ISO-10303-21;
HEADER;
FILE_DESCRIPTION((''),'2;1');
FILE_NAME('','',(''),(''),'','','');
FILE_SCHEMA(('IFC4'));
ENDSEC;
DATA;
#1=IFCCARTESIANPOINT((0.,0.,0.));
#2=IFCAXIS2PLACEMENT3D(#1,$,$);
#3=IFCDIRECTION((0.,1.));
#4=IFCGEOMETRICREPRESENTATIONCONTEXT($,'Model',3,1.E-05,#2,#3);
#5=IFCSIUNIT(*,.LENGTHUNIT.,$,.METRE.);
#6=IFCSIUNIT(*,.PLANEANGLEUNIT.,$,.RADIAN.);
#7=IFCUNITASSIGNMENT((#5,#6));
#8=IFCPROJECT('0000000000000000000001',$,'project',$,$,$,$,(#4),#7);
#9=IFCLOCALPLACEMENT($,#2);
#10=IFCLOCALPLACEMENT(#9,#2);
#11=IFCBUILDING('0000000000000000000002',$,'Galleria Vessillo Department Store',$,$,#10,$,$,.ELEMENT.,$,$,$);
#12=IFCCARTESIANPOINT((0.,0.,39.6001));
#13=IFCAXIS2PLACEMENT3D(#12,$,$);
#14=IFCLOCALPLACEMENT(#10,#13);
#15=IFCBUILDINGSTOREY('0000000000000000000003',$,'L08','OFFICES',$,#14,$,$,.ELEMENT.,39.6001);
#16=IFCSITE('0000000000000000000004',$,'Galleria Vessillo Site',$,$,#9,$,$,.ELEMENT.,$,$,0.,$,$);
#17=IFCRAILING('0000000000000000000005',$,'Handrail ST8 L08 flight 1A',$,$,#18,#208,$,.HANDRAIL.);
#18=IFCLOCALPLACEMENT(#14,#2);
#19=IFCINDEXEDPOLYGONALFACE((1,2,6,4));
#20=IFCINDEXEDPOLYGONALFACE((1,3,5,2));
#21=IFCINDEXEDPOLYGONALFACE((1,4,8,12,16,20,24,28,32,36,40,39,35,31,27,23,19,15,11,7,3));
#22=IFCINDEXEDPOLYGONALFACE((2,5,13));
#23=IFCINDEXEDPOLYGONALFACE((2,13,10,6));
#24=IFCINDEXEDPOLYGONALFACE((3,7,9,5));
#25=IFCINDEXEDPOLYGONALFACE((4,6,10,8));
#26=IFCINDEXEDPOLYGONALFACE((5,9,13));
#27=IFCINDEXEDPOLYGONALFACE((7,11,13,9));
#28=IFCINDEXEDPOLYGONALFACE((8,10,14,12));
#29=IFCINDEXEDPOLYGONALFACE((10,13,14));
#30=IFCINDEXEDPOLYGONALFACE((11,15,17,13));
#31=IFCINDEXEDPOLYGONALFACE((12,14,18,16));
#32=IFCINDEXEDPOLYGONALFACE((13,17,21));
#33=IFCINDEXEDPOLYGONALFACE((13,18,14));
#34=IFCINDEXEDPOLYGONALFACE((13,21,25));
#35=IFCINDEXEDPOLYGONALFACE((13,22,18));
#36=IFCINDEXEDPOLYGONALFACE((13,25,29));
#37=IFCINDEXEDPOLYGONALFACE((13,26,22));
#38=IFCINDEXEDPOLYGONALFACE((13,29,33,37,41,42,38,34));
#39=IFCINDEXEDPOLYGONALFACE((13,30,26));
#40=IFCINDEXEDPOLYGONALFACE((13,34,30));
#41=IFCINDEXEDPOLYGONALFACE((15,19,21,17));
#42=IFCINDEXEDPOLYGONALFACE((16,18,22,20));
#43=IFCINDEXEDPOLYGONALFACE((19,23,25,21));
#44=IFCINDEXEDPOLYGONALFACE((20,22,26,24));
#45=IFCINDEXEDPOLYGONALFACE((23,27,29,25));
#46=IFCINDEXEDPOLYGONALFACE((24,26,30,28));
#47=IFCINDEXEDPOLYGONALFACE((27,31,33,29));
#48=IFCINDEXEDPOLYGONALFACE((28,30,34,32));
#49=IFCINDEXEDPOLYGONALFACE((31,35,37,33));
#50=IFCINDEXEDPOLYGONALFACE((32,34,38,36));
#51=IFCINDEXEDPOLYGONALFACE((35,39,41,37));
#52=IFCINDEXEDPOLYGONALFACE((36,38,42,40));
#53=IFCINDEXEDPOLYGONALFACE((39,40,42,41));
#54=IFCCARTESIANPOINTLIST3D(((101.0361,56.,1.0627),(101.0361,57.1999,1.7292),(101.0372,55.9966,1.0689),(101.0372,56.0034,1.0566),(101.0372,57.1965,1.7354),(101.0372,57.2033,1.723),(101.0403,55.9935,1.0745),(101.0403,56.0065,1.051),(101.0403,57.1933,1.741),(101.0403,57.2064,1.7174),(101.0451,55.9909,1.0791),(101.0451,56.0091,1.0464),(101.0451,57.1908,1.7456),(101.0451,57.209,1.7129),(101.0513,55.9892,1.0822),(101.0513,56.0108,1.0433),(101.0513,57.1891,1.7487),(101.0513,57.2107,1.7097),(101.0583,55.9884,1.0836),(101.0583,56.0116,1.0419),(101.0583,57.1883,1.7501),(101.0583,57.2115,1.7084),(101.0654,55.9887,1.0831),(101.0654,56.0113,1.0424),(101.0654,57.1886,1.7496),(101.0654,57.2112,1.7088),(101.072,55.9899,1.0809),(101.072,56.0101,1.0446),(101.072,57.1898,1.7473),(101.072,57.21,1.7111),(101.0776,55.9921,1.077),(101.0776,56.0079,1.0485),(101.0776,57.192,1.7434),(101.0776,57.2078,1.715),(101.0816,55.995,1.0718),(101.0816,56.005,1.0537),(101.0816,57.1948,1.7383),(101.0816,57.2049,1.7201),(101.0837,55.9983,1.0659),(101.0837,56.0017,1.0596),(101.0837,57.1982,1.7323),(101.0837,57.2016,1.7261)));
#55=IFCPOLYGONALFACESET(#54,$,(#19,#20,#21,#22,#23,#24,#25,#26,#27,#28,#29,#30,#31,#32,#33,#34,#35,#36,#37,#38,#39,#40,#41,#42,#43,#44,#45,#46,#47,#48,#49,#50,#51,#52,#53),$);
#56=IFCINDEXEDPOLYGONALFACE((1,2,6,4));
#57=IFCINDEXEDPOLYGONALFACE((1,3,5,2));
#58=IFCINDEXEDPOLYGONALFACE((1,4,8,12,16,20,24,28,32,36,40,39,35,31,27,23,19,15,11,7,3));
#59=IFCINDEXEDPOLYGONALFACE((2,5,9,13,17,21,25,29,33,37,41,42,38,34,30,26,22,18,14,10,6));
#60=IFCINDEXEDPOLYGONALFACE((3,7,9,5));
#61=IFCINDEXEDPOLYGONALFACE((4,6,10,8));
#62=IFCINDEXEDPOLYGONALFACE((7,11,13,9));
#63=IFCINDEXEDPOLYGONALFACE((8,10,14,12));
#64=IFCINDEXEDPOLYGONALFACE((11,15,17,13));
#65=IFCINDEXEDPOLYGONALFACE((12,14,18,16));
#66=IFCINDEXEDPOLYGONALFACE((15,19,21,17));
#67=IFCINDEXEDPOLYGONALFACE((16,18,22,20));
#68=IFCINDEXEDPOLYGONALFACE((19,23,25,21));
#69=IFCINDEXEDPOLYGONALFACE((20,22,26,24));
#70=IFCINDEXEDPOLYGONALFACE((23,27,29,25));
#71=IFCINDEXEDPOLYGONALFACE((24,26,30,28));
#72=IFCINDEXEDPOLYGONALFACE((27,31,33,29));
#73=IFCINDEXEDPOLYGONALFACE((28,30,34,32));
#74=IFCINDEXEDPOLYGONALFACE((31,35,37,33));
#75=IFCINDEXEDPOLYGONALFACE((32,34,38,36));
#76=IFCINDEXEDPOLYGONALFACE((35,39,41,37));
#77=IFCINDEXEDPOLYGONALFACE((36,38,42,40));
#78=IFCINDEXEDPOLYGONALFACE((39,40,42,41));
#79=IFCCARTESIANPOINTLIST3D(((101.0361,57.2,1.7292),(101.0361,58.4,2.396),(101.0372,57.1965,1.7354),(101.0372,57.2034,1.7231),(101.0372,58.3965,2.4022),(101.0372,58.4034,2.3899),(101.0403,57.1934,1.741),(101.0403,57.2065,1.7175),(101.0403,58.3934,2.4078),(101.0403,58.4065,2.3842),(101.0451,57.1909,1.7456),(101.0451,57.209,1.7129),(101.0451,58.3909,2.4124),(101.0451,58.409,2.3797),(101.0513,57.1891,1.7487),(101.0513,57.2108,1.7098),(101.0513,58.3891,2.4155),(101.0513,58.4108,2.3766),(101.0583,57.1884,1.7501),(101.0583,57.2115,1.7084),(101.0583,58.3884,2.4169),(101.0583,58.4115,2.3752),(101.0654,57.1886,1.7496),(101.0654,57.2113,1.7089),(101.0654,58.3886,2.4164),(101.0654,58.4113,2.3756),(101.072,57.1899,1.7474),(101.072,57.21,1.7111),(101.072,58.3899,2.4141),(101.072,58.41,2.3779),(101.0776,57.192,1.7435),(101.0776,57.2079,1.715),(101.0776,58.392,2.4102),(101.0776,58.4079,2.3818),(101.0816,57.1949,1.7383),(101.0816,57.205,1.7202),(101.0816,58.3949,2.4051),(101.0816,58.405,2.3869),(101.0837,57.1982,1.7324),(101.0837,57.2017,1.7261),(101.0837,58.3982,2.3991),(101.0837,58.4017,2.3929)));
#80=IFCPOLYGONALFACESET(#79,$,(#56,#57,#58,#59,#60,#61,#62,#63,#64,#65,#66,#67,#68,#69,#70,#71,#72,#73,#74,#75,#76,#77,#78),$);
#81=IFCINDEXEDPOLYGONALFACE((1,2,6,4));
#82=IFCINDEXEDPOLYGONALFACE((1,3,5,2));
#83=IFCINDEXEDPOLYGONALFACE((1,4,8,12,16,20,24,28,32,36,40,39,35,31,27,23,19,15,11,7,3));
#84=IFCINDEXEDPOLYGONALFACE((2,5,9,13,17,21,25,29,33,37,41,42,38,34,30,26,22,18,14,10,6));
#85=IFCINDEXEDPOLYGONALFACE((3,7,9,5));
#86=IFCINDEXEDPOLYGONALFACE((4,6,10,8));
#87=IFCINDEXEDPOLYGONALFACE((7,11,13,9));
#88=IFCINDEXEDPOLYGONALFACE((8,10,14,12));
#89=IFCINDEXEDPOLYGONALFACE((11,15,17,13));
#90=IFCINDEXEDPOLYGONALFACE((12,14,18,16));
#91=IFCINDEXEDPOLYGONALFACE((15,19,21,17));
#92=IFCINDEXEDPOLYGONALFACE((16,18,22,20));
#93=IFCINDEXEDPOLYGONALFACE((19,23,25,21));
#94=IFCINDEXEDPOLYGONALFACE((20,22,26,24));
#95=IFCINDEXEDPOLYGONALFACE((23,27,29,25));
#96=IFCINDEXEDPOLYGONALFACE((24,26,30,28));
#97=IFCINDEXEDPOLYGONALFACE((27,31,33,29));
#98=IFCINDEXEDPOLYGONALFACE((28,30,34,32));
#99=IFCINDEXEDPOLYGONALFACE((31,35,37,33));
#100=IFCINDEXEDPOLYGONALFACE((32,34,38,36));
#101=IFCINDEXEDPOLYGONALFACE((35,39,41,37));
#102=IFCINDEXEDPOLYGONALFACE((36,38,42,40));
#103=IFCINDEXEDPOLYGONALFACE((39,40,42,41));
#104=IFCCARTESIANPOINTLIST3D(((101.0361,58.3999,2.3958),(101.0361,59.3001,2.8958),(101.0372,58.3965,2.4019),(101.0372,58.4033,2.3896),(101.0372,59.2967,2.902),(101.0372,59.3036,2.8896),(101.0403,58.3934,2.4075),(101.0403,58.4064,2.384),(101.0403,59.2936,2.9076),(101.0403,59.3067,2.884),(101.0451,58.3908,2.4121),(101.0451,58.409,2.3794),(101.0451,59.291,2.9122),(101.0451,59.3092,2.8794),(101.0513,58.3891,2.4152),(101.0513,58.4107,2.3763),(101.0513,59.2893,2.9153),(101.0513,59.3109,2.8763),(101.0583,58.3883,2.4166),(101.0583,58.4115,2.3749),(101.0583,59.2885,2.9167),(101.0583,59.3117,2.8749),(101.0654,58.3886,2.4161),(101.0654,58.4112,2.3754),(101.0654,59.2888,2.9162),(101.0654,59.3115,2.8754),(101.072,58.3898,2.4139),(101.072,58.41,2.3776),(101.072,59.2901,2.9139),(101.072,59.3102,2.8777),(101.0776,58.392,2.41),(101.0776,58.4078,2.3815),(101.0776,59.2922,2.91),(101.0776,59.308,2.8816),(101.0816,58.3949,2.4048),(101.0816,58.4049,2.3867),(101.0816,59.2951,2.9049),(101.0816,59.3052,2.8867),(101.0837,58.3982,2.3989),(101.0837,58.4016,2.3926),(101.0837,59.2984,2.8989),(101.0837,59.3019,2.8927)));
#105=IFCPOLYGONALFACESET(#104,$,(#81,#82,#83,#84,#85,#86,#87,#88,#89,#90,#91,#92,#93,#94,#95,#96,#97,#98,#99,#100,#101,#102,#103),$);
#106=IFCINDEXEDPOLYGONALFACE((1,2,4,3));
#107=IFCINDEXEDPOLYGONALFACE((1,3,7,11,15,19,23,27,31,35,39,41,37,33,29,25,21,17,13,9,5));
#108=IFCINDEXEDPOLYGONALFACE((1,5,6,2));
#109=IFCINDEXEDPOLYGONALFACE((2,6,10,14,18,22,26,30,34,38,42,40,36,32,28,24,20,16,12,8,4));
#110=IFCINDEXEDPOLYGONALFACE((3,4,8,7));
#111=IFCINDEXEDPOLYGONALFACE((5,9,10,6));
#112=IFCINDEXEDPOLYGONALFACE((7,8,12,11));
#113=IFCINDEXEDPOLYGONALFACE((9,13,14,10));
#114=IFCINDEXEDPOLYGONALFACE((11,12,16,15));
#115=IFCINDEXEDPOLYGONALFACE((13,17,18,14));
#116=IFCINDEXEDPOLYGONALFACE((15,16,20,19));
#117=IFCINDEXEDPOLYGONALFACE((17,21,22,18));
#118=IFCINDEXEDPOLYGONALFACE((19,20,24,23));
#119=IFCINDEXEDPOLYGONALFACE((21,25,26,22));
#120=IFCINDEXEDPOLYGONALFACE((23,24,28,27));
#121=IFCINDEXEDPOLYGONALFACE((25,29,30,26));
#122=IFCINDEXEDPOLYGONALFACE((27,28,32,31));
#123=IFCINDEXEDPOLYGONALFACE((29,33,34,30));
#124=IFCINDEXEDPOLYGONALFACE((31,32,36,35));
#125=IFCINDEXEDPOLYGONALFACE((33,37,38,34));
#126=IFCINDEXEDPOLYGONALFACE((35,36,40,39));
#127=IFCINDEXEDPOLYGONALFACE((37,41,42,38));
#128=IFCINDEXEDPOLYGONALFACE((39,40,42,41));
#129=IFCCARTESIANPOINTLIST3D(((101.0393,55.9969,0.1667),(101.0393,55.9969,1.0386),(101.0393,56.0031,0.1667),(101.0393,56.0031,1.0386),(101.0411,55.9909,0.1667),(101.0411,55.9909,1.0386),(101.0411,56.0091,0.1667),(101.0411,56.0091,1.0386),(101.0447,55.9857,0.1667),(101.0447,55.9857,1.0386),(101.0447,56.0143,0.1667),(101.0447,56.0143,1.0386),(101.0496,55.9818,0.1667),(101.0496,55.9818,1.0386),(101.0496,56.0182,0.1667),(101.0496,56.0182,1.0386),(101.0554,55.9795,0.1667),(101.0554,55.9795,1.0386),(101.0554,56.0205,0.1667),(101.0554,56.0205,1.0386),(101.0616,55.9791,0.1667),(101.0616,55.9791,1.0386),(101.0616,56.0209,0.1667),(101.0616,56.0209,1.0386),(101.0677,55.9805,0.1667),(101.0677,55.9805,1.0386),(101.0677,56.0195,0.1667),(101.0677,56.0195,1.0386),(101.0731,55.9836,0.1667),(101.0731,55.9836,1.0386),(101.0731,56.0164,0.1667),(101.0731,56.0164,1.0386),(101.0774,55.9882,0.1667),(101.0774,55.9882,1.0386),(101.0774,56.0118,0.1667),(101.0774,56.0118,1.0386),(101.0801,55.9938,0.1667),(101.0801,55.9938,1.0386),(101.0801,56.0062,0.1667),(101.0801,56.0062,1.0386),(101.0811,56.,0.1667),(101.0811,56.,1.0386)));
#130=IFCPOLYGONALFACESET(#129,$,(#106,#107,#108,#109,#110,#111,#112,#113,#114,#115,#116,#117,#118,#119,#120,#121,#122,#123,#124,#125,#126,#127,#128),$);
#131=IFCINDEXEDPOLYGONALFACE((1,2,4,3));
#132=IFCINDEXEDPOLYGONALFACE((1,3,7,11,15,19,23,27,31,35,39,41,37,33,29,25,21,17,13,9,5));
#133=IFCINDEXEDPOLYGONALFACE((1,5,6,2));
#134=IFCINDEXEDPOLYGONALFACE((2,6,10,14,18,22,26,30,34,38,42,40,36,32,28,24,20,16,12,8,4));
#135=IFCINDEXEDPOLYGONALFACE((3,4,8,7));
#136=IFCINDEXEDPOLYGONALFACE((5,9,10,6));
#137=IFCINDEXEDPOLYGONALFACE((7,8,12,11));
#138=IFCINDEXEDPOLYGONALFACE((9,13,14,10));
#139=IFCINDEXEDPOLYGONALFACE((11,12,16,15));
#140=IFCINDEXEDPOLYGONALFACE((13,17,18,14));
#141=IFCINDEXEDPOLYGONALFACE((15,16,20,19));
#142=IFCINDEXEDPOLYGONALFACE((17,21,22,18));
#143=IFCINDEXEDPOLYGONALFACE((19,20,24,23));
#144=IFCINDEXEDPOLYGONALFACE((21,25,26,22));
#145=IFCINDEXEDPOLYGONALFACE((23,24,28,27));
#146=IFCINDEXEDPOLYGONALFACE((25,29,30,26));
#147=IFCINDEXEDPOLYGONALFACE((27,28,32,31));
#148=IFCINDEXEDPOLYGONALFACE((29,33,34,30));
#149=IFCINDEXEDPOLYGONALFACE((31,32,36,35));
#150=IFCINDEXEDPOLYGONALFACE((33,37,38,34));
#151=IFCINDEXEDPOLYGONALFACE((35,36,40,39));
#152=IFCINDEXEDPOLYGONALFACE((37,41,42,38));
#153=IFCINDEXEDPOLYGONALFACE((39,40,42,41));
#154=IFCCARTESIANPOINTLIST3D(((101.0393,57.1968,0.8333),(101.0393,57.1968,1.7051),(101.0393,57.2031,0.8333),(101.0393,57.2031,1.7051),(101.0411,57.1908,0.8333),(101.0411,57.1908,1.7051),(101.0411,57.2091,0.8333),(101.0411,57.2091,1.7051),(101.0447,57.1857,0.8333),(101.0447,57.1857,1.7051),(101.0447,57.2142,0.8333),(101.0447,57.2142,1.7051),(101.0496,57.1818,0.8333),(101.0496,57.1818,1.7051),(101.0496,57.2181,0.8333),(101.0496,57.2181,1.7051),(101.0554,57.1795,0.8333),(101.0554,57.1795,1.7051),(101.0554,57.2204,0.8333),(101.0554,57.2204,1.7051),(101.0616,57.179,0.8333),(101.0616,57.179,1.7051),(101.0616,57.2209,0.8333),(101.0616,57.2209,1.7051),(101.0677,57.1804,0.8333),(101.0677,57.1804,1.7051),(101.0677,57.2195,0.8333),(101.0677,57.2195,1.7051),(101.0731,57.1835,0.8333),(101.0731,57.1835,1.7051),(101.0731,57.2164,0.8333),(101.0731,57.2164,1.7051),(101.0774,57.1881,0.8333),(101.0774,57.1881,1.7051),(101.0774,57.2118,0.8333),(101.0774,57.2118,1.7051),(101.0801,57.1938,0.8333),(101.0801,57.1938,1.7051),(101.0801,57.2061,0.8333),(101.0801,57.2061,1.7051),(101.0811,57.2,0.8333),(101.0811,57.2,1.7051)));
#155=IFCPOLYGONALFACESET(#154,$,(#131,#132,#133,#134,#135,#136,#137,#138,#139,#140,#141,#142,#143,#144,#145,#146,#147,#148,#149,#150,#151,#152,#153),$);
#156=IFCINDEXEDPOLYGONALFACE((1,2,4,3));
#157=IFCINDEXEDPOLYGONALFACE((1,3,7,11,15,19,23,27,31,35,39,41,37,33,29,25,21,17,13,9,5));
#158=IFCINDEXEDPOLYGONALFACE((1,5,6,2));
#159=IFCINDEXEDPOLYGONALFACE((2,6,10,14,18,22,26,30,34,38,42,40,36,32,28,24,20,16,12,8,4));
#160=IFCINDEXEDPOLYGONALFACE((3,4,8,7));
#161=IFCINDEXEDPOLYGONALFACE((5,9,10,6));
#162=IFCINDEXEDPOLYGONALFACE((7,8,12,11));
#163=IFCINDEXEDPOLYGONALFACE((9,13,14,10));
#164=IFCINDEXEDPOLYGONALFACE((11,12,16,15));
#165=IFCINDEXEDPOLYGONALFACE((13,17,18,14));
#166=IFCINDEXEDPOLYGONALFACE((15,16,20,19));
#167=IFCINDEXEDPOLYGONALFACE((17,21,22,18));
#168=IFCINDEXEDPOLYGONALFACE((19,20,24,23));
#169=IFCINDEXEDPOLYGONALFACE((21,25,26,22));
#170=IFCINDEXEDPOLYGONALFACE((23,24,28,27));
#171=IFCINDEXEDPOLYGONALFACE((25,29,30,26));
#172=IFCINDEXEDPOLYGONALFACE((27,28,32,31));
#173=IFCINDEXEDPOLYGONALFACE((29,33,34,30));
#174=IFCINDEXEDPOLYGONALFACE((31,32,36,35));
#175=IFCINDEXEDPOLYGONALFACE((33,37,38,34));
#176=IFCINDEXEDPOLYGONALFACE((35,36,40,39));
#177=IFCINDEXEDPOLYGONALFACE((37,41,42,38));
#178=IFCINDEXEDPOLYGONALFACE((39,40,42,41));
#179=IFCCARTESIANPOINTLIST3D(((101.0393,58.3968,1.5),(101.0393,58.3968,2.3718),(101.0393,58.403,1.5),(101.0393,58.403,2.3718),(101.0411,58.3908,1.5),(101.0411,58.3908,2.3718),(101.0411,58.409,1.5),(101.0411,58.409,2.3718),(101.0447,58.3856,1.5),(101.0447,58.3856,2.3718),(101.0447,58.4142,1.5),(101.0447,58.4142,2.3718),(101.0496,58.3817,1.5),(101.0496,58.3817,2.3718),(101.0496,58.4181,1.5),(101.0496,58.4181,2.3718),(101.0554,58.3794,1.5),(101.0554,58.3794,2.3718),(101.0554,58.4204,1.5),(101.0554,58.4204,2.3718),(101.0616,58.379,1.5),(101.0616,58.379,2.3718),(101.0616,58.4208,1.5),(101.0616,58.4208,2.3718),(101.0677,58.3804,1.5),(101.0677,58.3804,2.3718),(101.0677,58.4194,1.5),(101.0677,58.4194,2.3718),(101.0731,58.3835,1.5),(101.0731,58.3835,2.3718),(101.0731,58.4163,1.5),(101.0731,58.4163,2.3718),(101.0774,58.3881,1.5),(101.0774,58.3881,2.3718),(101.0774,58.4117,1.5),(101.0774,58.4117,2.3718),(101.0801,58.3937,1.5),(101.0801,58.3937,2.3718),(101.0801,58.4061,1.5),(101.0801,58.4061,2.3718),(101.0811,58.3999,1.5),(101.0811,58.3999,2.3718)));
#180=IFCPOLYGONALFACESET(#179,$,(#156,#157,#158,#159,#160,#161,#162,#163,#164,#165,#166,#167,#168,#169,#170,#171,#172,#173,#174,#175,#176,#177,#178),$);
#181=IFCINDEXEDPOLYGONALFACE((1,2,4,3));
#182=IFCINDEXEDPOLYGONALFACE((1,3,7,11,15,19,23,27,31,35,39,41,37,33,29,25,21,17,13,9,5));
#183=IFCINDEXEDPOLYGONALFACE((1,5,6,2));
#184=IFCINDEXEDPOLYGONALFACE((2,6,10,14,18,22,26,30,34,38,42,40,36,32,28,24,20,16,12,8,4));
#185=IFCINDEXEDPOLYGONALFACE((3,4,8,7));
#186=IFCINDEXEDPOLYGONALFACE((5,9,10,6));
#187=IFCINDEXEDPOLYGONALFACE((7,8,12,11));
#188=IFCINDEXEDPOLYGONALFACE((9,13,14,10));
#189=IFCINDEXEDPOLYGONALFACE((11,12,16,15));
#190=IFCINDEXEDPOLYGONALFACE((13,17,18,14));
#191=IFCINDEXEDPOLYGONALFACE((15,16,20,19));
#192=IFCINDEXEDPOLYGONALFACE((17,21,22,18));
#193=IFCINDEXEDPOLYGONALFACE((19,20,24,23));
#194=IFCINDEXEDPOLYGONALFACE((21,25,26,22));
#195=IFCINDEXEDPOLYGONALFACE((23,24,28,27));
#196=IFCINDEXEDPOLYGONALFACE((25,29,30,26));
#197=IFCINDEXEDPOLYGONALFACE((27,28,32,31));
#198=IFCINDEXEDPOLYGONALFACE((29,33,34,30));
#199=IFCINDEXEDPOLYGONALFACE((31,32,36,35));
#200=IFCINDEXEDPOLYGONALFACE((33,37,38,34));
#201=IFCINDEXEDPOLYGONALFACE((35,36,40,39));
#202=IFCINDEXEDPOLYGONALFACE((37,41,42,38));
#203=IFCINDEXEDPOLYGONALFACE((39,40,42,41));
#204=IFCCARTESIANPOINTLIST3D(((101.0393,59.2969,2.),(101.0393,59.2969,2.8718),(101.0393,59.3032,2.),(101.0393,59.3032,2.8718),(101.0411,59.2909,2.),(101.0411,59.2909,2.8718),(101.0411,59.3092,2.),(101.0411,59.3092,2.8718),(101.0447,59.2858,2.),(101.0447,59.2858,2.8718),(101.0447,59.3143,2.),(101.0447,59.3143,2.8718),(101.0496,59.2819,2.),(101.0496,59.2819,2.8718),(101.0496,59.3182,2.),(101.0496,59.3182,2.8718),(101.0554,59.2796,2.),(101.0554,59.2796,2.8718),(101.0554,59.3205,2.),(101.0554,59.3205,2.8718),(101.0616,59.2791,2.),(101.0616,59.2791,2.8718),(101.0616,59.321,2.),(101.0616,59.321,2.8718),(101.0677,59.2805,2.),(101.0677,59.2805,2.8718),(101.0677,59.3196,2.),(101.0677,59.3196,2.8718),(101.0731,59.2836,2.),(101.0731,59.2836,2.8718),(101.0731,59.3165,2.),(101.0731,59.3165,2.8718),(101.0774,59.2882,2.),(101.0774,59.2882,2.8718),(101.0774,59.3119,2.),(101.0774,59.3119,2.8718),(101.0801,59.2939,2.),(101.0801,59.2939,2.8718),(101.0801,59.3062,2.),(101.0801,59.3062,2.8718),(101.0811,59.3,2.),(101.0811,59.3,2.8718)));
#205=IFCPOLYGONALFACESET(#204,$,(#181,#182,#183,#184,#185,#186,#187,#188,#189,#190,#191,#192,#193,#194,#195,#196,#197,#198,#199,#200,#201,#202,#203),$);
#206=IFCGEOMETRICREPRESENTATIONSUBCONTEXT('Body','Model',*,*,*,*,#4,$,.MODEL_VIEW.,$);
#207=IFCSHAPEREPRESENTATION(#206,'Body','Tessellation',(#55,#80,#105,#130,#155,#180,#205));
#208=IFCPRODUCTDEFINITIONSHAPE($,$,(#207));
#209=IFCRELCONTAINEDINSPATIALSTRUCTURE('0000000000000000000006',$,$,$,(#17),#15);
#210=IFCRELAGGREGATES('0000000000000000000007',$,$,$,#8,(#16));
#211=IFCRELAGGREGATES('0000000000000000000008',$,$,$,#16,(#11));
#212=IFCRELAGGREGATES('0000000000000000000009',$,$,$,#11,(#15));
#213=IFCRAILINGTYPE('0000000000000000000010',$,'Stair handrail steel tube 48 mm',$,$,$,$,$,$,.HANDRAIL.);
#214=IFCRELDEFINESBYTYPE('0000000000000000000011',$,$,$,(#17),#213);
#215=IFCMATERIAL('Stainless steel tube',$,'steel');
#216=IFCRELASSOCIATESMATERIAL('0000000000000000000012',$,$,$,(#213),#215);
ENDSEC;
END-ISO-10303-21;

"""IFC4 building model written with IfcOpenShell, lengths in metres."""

from ifc_helpers import new_model, si_unit, direction, frame, origin, origin_2d, place, context, subcontext, project, spatial, circle, extrude, material, type_object, element, save


model = new_model("IFC4")

# Units and contexts
model_context = context("Model", 3, precision=1e-05, world=origin(), true_north=direction((0.0, 1.0)))
body_context = subcontext(model_context, "Body", "Model", "MODEL_VIEW")
ifc_project = project(units=[si_unit("LENGTHUNIT", "METRE"), si_unit("PLANEANGLEUNIT", "RADIAN")], contexts=[model_context])

# Site, building, storey
site_placement = place(None, origin())
site = spatial("IfcSite", under=ifc_project, at=site_placement, Name="Galleria Vessillo Site", CompositionType="ELEMENT", RefElevation=0.0)
building_placement = place(site_placement, origin())
building = spatial("IfcBuilding", under=site, at=building_placement, Name="Galleria Vessillo Department Store", CompositionType="ELEMENT")
storey_placement = place(building_placement, frame((0.0, 0.0, 39.6001)))
storey = spatial("IfcBuildingStorey", under=building, at=storey_placement, Name="L08", Description="OFFICES", CompositionType="ELEMENT", Elevation=39.6001)

# Railing
ifc_material_1 = material(Name="Stainless steel tube", Category="steel")
railing_type = type_object("IfcRailingType", Name="Stair handrail steel tube 48 mm", PredefinedType="HANDRAIL", material=ifc_material_1)
for number, where, name in (
    (1, (101.0601, 56.0, 0.1667), "Handrail ST8 L08 flight 1A"),
):
    element("IfcRailing", number, at=place(storey_placement, frame(where)), inside=storey, type_object=railing_type, Name=name, PredefinedType="HANDRAIL", context=body_context, shape_type="SweptSolid", body=[
        extrude(circle(Radius=0.0239, at=origin_2d()), frame((0.0, 0.0, 0.896), z_axis=(0.0, 0.874199, 0.485567), x_axis=(-1.0, 0.0, 0.0)), (0.0, 0.0, 1.0), 1.3726),
        extrude(circle(Radius=0.0239, at=origin_2d()), frame((0.0, 1.2, 1.5625), z_axis=(0.0, 0.874124, 0.485703), x_axis=(-1.0, 0.0, 0.0)), (0.0, 0.0, 1.0), 1.3728),
        extrude(circle(Radius=0.0239, at=origin_2d()), frame((0.0, 2.3999, 2.229), z_axis=(0.0, 0.874191, 0.485583), x_axis=(-1.0, 0.0, 0.0)), (0.0, 0.0, 1.0), 1.0298),
        extrude(circle(Radius=0.021, at=origin_2d()), origin(), (0.0, 0.0, 1.0), 0.8718),
        extrude(circle(Radius=0.021, at=origin_2d()), frame((0.0, 1.2, 0.6665)), (0.0, 0.0, 1.0), 0.8718),
        extrude(circle(Radius=0.021, at=origin_2d()), frame((0.0, 2.3999, 1.3333)), (0.0, 0.0, 1.0), 0.8718),
        extrude(circle(Radius=0.021, at=origin_2d()), frame((0.0, 3.3, 1.8333)), (0.0, 0.0, 1.0), 0.8718),
    ])

save(model, "model.ifc")
